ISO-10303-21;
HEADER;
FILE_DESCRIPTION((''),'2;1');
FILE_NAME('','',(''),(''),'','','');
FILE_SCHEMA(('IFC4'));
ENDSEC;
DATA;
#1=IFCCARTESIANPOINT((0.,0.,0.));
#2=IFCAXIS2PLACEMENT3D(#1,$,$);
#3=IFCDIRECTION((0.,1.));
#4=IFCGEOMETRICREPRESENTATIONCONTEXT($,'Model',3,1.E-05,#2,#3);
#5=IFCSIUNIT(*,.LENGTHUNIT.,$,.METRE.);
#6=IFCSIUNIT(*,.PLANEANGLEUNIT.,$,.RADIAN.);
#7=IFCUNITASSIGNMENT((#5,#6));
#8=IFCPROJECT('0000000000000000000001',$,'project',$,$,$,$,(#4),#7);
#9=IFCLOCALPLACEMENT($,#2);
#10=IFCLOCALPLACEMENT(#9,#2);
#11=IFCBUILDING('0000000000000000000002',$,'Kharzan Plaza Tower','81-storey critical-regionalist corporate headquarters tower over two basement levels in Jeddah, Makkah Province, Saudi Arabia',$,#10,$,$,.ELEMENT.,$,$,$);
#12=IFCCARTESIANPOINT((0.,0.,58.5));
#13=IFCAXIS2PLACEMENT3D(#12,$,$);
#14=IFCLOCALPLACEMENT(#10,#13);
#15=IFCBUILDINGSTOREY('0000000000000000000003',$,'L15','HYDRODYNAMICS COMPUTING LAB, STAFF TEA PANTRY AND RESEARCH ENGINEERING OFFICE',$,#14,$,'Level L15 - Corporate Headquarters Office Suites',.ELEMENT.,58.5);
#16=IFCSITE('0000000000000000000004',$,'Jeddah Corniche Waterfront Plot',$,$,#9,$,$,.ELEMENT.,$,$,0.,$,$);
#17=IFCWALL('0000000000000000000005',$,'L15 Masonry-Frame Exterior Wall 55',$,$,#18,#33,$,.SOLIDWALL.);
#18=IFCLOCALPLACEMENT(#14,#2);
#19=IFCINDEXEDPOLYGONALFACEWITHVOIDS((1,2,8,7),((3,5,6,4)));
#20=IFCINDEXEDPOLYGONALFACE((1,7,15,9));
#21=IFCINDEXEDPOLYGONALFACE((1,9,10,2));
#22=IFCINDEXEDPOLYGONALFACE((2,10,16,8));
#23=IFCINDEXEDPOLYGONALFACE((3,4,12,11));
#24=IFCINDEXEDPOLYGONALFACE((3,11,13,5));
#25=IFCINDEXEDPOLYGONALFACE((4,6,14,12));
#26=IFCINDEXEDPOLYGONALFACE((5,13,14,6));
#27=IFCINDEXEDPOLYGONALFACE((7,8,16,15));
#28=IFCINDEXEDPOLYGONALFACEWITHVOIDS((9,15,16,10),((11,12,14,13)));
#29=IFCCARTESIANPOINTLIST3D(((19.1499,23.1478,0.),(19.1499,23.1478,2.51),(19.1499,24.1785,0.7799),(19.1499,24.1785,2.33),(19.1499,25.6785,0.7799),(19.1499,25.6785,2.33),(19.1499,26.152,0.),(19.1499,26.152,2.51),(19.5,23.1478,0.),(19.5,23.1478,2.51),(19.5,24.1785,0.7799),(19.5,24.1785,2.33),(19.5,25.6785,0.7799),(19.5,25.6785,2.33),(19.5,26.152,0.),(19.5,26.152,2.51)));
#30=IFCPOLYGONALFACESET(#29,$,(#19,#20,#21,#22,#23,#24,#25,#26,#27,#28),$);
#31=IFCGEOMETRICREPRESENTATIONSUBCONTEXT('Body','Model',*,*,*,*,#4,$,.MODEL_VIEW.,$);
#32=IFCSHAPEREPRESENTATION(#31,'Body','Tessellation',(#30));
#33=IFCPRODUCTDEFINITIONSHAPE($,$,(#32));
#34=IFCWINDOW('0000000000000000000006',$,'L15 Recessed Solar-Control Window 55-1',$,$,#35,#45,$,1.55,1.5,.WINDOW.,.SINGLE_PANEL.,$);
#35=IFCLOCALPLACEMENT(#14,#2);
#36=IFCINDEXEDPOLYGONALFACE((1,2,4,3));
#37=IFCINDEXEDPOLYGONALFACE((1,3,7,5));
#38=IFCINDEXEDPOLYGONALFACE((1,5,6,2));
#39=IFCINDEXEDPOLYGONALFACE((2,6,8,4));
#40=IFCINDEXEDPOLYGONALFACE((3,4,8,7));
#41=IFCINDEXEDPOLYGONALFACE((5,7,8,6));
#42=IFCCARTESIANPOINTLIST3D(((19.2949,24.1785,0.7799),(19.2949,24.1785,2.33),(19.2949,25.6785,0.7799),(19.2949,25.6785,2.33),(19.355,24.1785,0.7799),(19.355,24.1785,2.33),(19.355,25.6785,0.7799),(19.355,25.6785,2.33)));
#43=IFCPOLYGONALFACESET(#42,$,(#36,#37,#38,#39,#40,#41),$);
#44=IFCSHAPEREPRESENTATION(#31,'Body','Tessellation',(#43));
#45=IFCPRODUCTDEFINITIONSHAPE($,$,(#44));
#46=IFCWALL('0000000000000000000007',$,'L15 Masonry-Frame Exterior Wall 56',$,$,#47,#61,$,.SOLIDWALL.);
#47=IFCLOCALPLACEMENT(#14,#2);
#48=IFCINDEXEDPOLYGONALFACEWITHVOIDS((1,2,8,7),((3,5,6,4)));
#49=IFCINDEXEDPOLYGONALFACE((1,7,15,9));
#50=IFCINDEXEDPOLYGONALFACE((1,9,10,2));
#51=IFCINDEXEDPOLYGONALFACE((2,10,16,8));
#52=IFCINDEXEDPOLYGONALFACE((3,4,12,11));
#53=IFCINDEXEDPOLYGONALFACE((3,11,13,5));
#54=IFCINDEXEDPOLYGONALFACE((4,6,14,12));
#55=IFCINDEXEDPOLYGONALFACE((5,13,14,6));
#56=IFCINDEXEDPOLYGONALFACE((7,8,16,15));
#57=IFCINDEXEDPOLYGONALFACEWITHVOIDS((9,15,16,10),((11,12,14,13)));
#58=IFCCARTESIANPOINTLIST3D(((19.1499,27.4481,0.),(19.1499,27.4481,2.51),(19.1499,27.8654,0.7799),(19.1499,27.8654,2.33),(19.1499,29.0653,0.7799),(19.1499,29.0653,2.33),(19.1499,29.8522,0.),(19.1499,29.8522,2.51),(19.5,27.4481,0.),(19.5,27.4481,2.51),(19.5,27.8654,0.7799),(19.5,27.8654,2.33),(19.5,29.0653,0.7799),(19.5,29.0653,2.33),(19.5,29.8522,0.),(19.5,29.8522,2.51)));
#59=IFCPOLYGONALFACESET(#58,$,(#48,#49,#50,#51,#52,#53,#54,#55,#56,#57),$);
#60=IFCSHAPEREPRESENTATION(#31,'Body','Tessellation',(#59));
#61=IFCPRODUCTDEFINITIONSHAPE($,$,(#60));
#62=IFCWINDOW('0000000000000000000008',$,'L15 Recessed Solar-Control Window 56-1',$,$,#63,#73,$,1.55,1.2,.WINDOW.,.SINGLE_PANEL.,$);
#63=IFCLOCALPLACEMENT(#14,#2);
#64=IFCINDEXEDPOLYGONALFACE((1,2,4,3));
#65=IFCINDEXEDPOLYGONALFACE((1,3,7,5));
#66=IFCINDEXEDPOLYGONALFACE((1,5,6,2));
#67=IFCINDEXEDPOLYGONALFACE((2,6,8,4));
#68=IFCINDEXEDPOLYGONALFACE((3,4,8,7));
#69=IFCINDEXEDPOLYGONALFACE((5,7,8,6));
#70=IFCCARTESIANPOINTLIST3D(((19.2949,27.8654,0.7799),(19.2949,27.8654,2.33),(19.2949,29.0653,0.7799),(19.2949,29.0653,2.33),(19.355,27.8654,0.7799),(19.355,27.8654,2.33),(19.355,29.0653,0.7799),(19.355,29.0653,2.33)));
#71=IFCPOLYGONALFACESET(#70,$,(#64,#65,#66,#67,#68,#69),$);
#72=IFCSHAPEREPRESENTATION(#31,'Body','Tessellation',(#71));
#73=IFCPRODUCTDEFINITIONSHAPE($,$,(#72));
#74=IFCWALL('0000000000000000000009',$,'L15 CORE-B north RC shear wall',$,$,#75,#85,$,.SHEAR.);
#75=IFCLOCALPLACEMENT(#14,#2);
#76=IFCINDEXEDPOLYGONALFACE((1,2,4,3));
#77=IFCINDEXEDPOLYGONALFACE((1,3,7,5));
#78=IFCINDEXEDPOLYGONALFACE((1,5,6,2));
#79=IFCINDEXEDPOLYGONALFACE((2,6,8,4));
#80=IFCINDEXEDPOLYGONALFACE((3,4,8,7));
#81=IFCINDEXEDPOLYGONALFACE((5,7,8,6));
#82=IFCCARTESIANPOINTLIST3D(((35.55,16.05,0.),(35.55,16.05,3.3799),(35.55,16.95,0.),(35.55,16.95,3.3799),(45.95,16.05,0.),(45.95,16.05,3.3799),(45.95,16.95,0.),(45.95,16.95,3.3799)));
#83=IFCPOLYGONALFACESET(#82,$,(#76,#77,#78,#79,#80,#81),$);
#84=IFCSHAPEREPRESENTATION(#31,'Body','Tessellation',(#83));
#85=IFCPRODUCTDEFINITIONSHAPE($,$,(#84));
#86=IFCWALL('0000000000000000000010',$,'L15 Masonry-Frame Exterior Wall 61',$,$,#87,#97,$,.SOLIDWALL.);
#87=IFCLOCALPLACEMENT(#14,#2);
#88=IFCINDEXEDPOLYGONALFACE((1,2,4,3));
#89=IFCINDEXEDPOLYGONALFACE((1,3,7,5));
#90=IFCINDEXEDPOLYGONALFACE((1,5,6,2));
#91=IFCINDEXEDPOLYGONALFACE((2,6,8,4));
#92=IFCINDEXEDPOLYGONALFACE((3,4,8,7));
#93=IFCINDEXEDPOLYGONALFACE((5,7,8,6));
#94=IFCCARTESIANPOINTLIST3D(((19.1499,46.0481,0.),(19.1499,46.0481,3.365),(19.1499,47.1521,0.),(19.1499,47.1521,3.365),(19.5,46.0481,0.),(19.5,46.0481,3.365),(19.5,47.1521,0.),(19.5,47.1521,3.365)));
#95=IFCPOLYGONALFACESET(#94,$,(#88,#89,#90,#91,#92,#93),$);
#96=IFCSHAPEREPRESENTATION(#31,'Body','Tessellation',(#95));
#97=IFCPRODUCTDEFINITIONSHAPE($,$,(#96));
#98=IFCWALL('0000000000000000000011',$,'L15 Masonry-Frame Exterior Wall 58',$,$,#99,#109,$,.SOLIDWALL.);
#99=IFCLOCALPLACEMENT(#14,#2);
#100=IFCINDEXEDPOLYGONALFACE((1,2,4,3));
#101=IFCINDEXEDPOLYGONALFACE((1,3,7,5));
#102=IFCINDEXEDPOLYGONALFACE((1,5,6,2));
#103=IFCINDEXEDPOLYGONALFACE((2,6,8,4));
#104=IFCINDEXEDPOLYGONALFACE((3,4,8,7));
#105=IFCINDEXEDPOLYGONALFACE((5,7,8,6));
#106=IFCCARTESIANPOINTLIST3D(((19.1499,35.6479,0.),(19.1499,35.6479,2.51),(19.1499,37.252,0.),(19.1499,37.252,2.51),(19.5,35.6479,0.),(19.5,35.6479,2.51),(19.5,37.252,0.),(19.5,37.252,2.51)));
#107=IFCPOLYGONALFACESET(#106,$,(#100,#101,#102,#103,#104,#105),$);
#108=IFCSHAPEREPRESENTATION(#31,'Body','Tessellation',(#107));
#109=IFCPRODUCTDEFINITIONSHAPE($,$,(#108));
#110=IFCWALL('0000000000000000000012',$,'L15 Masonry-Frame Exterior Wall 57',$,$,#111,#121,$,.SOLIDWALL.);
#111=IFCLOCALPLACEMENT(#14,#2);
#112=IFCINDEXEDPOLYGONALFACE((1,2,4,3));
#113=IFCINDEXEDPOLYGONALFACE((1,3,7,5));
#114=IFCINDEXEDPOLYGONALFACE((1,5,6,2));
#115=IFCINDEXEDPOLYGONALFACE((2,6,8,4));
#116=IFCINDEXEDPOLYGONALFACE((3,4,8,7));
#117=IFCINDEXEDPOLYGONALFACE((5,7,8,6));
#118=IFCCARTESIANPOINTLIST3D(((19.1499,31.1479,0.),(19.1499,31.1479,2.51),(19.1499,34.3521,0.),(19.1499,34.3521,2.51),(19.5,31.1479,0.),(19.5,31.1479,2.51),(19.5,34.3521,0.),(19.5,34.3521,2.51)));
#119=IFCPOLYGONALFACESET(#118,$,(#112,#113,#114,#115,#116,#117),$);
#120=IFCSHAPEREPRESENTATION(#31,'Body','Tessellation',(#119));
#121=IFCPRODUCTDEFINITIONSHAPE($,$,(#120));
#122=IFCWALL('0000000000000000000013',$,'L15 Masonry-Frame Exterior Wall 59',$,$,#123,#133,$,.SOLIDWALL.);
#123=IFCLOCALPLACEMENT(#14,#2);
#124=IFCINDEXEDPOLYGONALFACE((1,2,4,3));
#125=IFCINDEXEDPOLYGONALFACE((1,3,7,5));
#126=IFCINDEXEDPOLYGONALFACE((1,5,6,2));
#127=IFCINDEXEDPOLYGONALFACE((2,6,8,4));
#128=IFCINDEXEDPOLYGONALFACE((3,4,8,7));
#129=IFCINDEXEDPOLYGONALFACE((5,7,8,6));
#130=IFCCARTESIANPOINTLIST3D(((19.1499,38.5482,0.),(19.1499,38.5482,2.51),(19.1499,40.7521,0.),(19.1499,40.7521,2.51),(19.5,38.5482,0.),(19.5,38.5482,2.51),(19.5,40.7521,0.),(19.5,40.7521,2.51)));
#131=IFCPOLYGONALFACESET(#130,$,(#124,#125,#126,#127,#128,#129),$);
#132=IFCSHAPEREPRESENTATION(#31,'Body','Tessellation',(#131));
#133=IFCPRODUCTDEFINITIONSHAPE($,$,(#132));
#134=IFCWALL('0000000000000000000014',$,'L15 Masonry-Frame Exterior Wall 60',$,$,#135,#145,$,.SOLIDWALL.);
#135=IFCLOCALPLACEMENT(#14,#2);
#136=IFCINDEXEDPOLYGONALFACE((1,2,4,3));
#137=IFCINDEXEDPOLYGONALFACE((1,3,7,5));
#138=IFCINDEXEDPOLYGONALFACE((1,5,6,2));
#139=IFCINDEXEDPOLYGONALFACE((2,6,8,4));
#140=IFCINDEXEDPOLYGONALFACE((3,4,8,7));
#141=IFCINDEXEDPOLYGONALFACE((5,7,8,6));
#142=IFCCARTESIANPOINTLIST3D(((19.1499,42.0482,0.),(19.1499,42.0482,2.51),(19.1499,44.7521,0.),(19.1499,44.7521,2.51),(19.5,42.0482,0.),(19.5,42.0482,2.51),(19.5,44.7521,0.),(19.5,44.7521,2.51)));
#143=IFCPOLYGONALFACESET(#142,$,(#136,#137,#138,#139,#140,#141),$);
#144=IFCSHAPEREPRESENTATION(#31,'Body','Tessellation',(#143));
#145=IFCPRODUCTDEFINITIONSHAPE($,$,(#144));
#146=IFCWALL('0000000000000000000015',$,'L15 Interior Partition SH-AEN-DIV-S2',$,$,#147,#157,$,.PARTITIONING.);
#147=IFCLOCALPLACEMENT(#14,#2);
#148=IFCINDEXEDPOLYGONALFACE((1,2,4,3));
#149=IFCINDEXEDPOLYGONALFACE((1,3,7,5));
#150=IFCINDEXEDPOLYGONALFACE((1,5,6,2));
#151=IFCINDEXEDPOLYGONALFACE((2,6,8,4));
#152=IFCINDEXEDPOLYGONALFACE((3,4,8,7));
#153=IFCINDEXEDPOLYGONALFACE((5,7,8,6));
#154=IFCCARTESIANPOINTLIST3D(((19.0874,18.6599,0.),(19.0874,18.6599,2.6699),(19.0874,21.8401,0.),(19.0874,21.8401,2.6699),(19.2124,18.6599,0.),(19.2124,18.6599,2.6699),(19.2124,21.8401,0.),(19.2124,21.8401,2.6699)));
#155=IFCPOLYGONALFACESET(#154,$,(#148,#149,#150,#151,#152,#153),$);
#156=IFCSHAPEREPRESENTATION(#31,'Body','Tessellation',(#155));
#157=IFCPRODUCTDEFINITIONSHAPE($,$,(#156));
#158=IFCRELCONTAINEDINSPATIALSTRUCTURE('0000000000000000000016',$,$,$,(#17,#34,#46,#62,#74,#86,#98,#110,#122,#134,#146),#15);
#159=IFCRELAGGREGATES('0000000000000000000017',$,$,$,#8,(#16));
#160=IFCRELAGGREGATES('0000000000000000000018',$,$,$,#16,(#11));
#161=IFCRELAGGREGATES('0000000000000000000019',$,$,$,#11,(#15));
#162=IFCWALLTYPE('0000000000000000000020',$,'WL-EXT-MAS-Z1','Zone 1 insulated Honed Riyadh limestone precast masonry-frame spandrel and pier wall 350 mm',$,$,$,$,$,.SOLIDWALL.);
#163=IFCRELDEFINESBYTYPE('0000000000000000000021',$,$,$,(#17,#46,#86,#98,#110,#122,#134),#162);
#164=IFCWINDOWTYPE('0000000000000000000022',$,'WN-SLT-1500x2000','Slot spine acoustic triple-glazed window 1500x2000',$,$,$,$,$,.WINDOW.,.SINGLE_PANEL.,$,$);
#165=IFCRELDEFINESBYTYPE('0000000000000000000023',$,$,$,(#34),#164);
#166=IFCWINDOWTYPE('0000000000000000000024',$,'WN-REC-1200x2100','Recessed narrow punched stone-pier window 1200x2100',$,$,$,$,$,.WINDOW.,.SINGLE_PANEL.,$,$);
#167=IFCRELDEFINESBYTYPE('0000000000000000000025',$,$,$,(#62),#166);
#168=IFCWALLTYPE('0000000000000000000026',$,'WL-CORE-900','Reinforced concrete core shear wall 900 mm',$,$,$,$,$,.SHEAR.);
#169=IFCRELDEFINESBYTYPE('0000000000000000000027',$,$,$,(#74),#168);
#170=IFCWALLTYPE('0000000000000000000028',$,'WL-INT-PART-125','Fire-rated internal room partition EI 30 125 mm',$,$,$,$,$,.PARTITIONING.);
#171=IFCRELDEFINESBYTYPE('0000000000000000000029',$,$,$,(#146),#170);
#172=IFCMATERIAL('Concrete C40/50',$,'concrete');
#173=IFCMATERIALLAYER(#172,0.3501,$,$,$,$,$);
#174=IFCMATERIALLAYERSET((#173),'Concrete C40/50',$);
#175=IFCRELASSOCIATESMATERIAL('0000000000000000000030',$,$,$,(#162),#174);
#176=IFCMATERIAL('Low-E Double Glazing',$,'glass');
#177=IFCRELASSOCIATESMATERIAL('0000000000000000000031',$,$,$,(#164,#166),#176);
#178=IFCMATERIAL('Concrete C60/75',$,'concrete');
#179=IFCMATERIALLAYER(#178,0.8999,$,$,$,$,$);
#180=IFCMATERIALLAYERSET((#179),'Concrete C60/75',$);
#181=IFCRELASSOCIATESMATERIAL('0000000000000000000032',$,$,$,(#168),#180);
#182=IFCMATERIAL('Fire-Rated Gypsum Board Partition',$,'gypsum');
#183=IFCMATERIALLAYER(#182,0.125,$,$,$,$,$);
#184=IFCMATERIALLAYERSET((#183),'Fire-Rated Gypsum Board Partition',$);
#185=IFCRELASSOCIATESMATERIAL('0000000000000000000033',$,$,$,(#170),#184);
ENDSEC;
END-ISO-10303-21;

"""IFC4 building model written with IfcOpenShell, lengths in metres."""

from ifc_helpers import new_model, si_unit, direction, frame, frame_2d, origin, place, context, subcontext, project, spatial, rectangle, extrude, source, transform, mapped, material, layer, layer_set, type_object, element, fill, save


model = new_model("IFC4")

# Units and contexts
model_context = context("Model", 3, precision=1e-05, world=origin(), true_north=direction((0.0, 1.0)))
body_context = subcontext(model_context, "Body", "Model", "MODEL_VIEW")
ifc_project = project(units=[si_unit("LENGTHUNIT", "METRE"), si_unit("PLANEANGLEUNIT", "RADIAN")], contexts=[model_context])

# Site, building, storey
site_placement = place(None, origin())
site = spatial("IfcSite", under=ifc_project, at=site_placement, Name="Jeddah Corniche Waterfront Plot", CompositionType="ELEMENT", RefElevation=0.0)
building_placement = place(site_placement, origin())
building = spatial("IfcBuilding", under=site, at=building_placement, Name="Kharzan Plaza Tower", Description="81-storey critical-regionalist corporate headquarters tower over two basement levels in Jeddah, Makkah Province, Saudi Arabia", CompositionType="ELEMENT")
storey_placement = place(building_placement, frame((0.0, 0.0, 58.5)))
storey = spatial("IfcBuildingStorey", under=building, at=storey_placement, Name="L15", Description="HYDRODYNAMICS COMPUTING LAB, STAFF TEA PANTRY AND RESEARCH ENGINEERING OFFICE", LongName="Level L15 - Corporate Headquarters Office Suites", CompositionType="ELEMENT", Elevation=58.5)

# Shared definitions
ifc_material_1 = material(Name="Concrete C60/75", Category="concrete")

# Shared definitions
ifc_material_2 = material(Name="Concrete C40/50", Category="concrete")
ifc_layer_1 = layer(ifc_material_2, 0.3501)
ifc_layer_set_1 = layer_set([ifc_layer_1], Name="Concrete C40/50")
wall_type_1 = type_object("IfcWallType", Name="WL-EXT-MAS-Z1", Description="Zone 1 insulated Honed Riyadh limestone precast masonry-frame spandrel and pier wall 350 mm", PredefinedType="SOLIDWALL", material=ifc_layer_set_1)
ifc_material_3 = material(Name="Low-E Double Glazing", Category="glass")

# Shared definitions
window_type_1 = type_object("IfcWindowType", Name="WN-SLT-1500x2000", Description="Slot spine acoustic triple-glazed window 1500x2000", PartitioningType="SINGLE_PANEL", PredefinedType="WINDOW", material=ifc_material_3)

# Walls, openings, windows
wall_1_placement = place(storey_placement, frame((19.325, 23.1479, 0.0), z_axis=(0.0, 0.0, 1.0), x_axis=(0.0, 1.0, 0.0)))
wall_1 = element("IfcWall", 1, at=wall_1_placement, inside=storey, type_object=wall_type_1, Name="L15 Masonry-Frame Exterior Wall 55", PredefinedType="SOLIDWALL", context=body_context, shape_type="SweptSolid", body=[
    extrude(rectangle(XDim=3.0042, YDim=0.3501, at=frame_2d((1.502, 0.0))), origin(), (0.0, 0.0, 1.0), 2.51),
])
opening_1_placement = place(wall_1_placement, frame((1.0305, 0.0, 0.78)))
opening_1 = element("IfcOpeningElement", 2, at=opening_1_placement, cuts=wall_1, PredefinedType="OPENING", context=body_context, shape_type="SweptSolid", body=[
    extrude(rectangle(XDim=1.5, YDim=1.55, at=frame_2d((0.75, 0.7749))), frame((0.0, 0.1851, 0.0), z_axis=(0.0, -1.0, 0.0), x_axis=(1.0, 0.0, 0.0)), (0.0, 0.0, 1.0), 0.3701),
])
shared_shape_1 = source(origin(), body_context, "Body", "SweptSolid", [
    extrude(rectangle(XDim=1.5, YDim=1.55, at=frame_2d((0.75, 0.7749))), frame((0.0, 0.03, 0.0), z_axis=(0.0, -1.0, 0.0), x_axis=(1.0, 0.0, 0.0)), (0.0, 0.0, 1.0), 0.0601),
])
window_1_placement = place(opening_1_placement, origin())
window_1 = element("IfcWindow", 3, at=window_1_placement, inside=storey, type_object=window_type_1, Name="L15 Recessed Solar-Control Window 55-1", OverallHeight=1.55, OverallWidth=1.5, PartitioningType="SINGLE_PANEL", PredefinedType="WINDOW", context=body_context, shape_type="MappedRepresentation", body=[
    mapped(shared_shape_1, transform((0.0, 0.0, 0.0), x_axis=(1.0, 0.0, 0.0), y_axis=(0.0, 1.0, 0.0), z_axis=(0.0, 0.0, 1.0))),
])
fill(opening_1, window_1)
wall_2_placement = place(storey_placement, frame((19.325, 27.448, 0.0), z_axis=(0.0, 0.0, 1.0), x_axis=(0.0, 1.0, 0.0)))
wall_2 = element("IfcWall", 4, at=wall_2_placement, inside=storey, type_object=wall_type_1, Name="L15 Masonry-Frame Exterior Wall 56", PredefinedType="SOLIDWALL", context=body_context, shape_type="SweptSolid", body=[
    extrude(rectangle(XDim=2.4041, YDim=0.3501, at=frame_2d((1.2021, 0.0))), origin(), (0.0, 0.0, 1.0), 2.51),
])
opening_2_placement = place(wall_2_placement, frame((0.4172, 0.0, 0.78)))
opening_2 = element("IfcOpeningElement", 5, at=opening_2_placement, cuts=wall_2, PredefinedType="OPENING", context=body_context, shape_type="SweptSolid", body=[
    extrude(rectangle(XDim=1.2, YDim=1.55, at=frame_2d((0.6001, 0.7749))), frame((0.0, 0.1851, 0.0), z_axis=(0.0, -1.0, 0.0), x_axis=(1.0, 0.0, 0.0)), (0.0, 0.0, 1.0), 0.3701),
])
window_type_2 = type_object("IfcWindowType", Name="WN-REC-1200x2100", Description="Recessed narrow punched stone-pier window 1200x2100", PartitioningType="SINGLE_PANEL", PredefinedType="WINDOW", material=ifc_material_3)
shared_shape_2 = source(origin(), body_context, "Body", "SweptSolid", [
    extrude(rectangle(XDim=1.2, YDim=1.55, at=frame_2d((0.6001, 0.7749))), frame((0.0, 0.03, 0.0), z_axis=(0.0, -1.0, 0.0), x_axis=(1.0, 0.0, 0.0)), (0.0, 0.0, 1.0), 0.0601),
])
window_2_placement = place(opening_2_placement, origin())
window_2 = element("IfcWindow", 6, at=window_2_placement, inside=storey, type_object=window_type_2, Name="L15 Recessed Solar-Control Window 56-1", OverallHeight=1.55, OverallWidth=1.2, PartitioningType="SINGLE_PANEL", PredefinedType="WINDOW", context=body_context, shape_type="MappedRepresentation", body=[
    mapped(shared_shape_2, transform((0.0, 0.0, 0.0), x_axis=(1.0, 0.0, 0.0), y_axis=(0.0, 1.0, 0.0), z_axis=(0.0, 0.0, 1.0))),
])
fill(opening_2, window_2)

# Walls
ifc_layer_2 = layer(ifc_material_1, 0.8999)
ifc_layer_set_2 = layer_set([ifc_layer_2], Name="Concrete C60/75")
wall_type_2 = type_object("IfcWallType", Name="WL-CORE-900", Description="Reinforced concrete core shear wall 900 mm", PredefinedType="SHEAR", material=ifc_layer_set_2)
shared_shape_3 = source(origin(), body_context, "Body", "SweptSolid", [
    extrude(rectangle(XDim=10.3999, YDim=0.8999, at=frame_2d((5.2, 0.0))), origin(), (0.0, 0.0, 1.0), 3.3799),
])
wall_3_placement = place(storey_placement, frame((35.55, 16.5, 0.0), z_axis=(0.0, 0.0, 1.0), x_axis=(1.0, 0.0, 0.0)))
element("IfcWall", 7, at=wall_3_placement, inside=storey, type_object=wall_type_2, Name="L15 CORE-B north RC shear wall", PredefinedType="SHEAR", context=body_context, shape_type="MappedRepresentation", body=[
    mapped(shared_shape_3, transform((0.0, 0.0, 0.0), x_axis=(1.0, 0.0, 0.0), y_axis=(0.0, 1.0, 0.0), z_axis=(0.0, 0.0, 1.0))),
])
shared_shape_4 = source(origin(), body_context, "Body", "SweptSolid", [
    extrude(rectangle(XDim=1.104, YDim=0.3501, at=frame_2d((0.552, 0.0))), origin(), (0.0, 0.0, 1.0), 3.365),
])
wall_4_placement = place(storey_placement, frame((19.325, 46.0481, 0.0), z_axis=(0.0, 0.0, 1.0), x_axis=(0.0, 1.0, 0.0)))
element("IfcWall", 8, at=wall_4_placement, inside=storey, type_object=wall_type_1, Name="L15 Masonry-Frame Exterior Wall 61", PredefinedType="SOLIDWALL", context=body_context, shape_type="MappedRepresentation", body=[
    mapped(shared_shape_4, transform((0.0, 0.0, 0.0), x_axis=(1.0, 0.0, 0.0), y_axis=(0.0, 1.0, 0.0), z_axis=(0.0, 0.0, 1.0))),
])
shared_shape_5 = source(origin(), body_context, "Body", "SweptSolid", [
    extrude(rectangle(XDim=1.604, YDim=0.3501, at=frame_2d((0.802, 0.0))), origin(), (0.0, 0.0, 1.0), 2.51),
])
wall_5_placement = place(storey_placement, frame((19.325, 35.6479, 0.0), z_axis=(0.0, 0.0, 1.0), x_axis=(0.0, 1.0, 0.0)))
element("IfcWall", 9, at=wall_5_placement, inside=storey, type_object=wall_type_1, Name="L15 Masonry-Frame Exterior Wall 58", PredefinedType="SOLIDWALL", context=body_context, shape_type="MappedRepresentation", body=[
    mapped(shared_shape_5, transform((0.0, 0.0, 0.0), x_axis=(1.0, 0.0, 0.0), y_axis=(0.0, 1.0, 0.0), z_axis=(0.0, 0.0, 1.0))),
])
shared_shape_6 = source(origin(), body_context, "Body", "SweptSolid", [
    extrude(rectangle(XDim=3.2041, YDim=0.3501, at=frame_2d((1.6021, 0.0))), origin(), (0.0, 0.0, 1.0), 2.51),
])
wall_6_placement = place(storey_placement, frame((19.325, 31.1479, 0.0), z_axis=(0.0, 0.0, 1.0), x_axis=(0.0, 1.0, 0.0)))
element("IfcWall", 10, at=wall_6_placement, inside=storey, type_object=wall_type_1, Name="L15 Masonry-Frame Exterior Wall 57", PredefinedType="SOLIDWALL", context=body_context, shape_type="MappedRepresentation", body=[
    mapped(shared_shape_6, transform((0.0, 0.0, 0.0), x_axis=(1.0, 0.0, 0.0), y_axis=(0.0, 1.0, 0.0), z_axis=(0.0, 0.0, 1.0))),
])
shared_shape_7 = source(origin(), body_context, "Body", "SweptSolid", [
    extrude(rectangle(XDim=2.2039, YDim=0.3501, at=frame_2d((1.1021, 0.0))), origin(), (0.0, 0.0, 1.0), 2.51),
])
wall_7_placement = place(storey_placement, frame((19.325, 38.5481, 0.0), z_axis=(0.0, 0.0, 1.0), x_axis=(0.0, 1.0, 0.0)))
element("IfcWall", 11, at=wall_7_placement, inside=storey, type_object=wall_type_1, Name="L15 Masonry-Frame Exterior Wall 59", PredefinedType="SOLIDWALL", context=body_context, shape_type="MappedRepresentation", body=[
    mapped(shared_shape_7, transform((0.0, 0.0, 0.0), x_axis=(1.0, 0.0, 0.0), y_axis=(0.0, 1.0, 0.0), z_axis=(0.0, 0.0, 1.0))),
])
shared_shape_8 = source(origin(), body_context, "Body", "SweptSolid", [
    extrude(rectangle(XDim=2.7039, YDim=0.3501, at=frame_2d((1.3521, 0.0))), origin(), (0.0, 0.0, 1.0), 2.51),
])
wall_8_placement = place(storey_placement, frame((19.325, 42.0481, 0.0), z_axis=(0.0, 0.0, 1.0), x_axis=(0.0, 1.0, 0.0)))
element("IfcWall", 12, at=wall_8_placement, inside=storey, type_object=wall_type_1, Name="L15 Masonry-Frame Exterior Wall 60", PredefinedType="SOLIDWALL", context=body_context, shape_type="MappedRepresentation", body=[
    mapped(shared_shape_8, transform((0.0, 0.0, 0.0), x_axis=(1.0, 0.0, 0.0), y_axis=(0.0, 1.0, 0.0), z_axis=(0.0, 0.0, 1.0))),
])
ifc_material_4 = material(Name="Fire-Rated Gypsum Board Partition", Category="gypsum")
ifc_layer_3 = layer(ifc_material_4, 0.125)
ifc_layer_set_3 = layer_set([ifc_layer_3], Name="Fire-Rated Gypsum Board Partition")
wall_type_3 = type_object("IfcWallType", Name="WL-INT-PART-125", Description="Fire-rated internal room partition EI 30 125 mm", PredefinedType="PARTITIONING", material=ifc_layer_set_3)
shared_shape_9 = source(origin(), body_context, "Body", "SweptSolid", [
    extrude(rectangle(XDim=3.1802, YDim=0.125, at=frame_2d((1.5901, 0.0))), origin(), (0.0, 0.0, 1.0), 2.6699),
])
wall_9_placement = place(storey_placement, frame((19.1499, 18.6599, 0.0), z_axis=(0.0, 0.0, 1.0), x_axis=(0.0, 1.0, 0.0)))
element("IfcWall", 13, at=wall_9_placement, inside=storey, type_object=wall_type_3, Name="L15 Interior Partition SH-AEN-DIV-S2", PredefinedType="PARTITIONING", context=body_context, shape_type="MappedRepresentation", body=[
    mapped(shared_shape_9, transform((0.0, 0.0, 0.0), x_axis=(1.0, 0.0, 0.0), y_axis=(0.0, 1.0, 0.0), z_axis=(0.0, 0.0, 1.0))),
])

save(model, "model.ifc")
